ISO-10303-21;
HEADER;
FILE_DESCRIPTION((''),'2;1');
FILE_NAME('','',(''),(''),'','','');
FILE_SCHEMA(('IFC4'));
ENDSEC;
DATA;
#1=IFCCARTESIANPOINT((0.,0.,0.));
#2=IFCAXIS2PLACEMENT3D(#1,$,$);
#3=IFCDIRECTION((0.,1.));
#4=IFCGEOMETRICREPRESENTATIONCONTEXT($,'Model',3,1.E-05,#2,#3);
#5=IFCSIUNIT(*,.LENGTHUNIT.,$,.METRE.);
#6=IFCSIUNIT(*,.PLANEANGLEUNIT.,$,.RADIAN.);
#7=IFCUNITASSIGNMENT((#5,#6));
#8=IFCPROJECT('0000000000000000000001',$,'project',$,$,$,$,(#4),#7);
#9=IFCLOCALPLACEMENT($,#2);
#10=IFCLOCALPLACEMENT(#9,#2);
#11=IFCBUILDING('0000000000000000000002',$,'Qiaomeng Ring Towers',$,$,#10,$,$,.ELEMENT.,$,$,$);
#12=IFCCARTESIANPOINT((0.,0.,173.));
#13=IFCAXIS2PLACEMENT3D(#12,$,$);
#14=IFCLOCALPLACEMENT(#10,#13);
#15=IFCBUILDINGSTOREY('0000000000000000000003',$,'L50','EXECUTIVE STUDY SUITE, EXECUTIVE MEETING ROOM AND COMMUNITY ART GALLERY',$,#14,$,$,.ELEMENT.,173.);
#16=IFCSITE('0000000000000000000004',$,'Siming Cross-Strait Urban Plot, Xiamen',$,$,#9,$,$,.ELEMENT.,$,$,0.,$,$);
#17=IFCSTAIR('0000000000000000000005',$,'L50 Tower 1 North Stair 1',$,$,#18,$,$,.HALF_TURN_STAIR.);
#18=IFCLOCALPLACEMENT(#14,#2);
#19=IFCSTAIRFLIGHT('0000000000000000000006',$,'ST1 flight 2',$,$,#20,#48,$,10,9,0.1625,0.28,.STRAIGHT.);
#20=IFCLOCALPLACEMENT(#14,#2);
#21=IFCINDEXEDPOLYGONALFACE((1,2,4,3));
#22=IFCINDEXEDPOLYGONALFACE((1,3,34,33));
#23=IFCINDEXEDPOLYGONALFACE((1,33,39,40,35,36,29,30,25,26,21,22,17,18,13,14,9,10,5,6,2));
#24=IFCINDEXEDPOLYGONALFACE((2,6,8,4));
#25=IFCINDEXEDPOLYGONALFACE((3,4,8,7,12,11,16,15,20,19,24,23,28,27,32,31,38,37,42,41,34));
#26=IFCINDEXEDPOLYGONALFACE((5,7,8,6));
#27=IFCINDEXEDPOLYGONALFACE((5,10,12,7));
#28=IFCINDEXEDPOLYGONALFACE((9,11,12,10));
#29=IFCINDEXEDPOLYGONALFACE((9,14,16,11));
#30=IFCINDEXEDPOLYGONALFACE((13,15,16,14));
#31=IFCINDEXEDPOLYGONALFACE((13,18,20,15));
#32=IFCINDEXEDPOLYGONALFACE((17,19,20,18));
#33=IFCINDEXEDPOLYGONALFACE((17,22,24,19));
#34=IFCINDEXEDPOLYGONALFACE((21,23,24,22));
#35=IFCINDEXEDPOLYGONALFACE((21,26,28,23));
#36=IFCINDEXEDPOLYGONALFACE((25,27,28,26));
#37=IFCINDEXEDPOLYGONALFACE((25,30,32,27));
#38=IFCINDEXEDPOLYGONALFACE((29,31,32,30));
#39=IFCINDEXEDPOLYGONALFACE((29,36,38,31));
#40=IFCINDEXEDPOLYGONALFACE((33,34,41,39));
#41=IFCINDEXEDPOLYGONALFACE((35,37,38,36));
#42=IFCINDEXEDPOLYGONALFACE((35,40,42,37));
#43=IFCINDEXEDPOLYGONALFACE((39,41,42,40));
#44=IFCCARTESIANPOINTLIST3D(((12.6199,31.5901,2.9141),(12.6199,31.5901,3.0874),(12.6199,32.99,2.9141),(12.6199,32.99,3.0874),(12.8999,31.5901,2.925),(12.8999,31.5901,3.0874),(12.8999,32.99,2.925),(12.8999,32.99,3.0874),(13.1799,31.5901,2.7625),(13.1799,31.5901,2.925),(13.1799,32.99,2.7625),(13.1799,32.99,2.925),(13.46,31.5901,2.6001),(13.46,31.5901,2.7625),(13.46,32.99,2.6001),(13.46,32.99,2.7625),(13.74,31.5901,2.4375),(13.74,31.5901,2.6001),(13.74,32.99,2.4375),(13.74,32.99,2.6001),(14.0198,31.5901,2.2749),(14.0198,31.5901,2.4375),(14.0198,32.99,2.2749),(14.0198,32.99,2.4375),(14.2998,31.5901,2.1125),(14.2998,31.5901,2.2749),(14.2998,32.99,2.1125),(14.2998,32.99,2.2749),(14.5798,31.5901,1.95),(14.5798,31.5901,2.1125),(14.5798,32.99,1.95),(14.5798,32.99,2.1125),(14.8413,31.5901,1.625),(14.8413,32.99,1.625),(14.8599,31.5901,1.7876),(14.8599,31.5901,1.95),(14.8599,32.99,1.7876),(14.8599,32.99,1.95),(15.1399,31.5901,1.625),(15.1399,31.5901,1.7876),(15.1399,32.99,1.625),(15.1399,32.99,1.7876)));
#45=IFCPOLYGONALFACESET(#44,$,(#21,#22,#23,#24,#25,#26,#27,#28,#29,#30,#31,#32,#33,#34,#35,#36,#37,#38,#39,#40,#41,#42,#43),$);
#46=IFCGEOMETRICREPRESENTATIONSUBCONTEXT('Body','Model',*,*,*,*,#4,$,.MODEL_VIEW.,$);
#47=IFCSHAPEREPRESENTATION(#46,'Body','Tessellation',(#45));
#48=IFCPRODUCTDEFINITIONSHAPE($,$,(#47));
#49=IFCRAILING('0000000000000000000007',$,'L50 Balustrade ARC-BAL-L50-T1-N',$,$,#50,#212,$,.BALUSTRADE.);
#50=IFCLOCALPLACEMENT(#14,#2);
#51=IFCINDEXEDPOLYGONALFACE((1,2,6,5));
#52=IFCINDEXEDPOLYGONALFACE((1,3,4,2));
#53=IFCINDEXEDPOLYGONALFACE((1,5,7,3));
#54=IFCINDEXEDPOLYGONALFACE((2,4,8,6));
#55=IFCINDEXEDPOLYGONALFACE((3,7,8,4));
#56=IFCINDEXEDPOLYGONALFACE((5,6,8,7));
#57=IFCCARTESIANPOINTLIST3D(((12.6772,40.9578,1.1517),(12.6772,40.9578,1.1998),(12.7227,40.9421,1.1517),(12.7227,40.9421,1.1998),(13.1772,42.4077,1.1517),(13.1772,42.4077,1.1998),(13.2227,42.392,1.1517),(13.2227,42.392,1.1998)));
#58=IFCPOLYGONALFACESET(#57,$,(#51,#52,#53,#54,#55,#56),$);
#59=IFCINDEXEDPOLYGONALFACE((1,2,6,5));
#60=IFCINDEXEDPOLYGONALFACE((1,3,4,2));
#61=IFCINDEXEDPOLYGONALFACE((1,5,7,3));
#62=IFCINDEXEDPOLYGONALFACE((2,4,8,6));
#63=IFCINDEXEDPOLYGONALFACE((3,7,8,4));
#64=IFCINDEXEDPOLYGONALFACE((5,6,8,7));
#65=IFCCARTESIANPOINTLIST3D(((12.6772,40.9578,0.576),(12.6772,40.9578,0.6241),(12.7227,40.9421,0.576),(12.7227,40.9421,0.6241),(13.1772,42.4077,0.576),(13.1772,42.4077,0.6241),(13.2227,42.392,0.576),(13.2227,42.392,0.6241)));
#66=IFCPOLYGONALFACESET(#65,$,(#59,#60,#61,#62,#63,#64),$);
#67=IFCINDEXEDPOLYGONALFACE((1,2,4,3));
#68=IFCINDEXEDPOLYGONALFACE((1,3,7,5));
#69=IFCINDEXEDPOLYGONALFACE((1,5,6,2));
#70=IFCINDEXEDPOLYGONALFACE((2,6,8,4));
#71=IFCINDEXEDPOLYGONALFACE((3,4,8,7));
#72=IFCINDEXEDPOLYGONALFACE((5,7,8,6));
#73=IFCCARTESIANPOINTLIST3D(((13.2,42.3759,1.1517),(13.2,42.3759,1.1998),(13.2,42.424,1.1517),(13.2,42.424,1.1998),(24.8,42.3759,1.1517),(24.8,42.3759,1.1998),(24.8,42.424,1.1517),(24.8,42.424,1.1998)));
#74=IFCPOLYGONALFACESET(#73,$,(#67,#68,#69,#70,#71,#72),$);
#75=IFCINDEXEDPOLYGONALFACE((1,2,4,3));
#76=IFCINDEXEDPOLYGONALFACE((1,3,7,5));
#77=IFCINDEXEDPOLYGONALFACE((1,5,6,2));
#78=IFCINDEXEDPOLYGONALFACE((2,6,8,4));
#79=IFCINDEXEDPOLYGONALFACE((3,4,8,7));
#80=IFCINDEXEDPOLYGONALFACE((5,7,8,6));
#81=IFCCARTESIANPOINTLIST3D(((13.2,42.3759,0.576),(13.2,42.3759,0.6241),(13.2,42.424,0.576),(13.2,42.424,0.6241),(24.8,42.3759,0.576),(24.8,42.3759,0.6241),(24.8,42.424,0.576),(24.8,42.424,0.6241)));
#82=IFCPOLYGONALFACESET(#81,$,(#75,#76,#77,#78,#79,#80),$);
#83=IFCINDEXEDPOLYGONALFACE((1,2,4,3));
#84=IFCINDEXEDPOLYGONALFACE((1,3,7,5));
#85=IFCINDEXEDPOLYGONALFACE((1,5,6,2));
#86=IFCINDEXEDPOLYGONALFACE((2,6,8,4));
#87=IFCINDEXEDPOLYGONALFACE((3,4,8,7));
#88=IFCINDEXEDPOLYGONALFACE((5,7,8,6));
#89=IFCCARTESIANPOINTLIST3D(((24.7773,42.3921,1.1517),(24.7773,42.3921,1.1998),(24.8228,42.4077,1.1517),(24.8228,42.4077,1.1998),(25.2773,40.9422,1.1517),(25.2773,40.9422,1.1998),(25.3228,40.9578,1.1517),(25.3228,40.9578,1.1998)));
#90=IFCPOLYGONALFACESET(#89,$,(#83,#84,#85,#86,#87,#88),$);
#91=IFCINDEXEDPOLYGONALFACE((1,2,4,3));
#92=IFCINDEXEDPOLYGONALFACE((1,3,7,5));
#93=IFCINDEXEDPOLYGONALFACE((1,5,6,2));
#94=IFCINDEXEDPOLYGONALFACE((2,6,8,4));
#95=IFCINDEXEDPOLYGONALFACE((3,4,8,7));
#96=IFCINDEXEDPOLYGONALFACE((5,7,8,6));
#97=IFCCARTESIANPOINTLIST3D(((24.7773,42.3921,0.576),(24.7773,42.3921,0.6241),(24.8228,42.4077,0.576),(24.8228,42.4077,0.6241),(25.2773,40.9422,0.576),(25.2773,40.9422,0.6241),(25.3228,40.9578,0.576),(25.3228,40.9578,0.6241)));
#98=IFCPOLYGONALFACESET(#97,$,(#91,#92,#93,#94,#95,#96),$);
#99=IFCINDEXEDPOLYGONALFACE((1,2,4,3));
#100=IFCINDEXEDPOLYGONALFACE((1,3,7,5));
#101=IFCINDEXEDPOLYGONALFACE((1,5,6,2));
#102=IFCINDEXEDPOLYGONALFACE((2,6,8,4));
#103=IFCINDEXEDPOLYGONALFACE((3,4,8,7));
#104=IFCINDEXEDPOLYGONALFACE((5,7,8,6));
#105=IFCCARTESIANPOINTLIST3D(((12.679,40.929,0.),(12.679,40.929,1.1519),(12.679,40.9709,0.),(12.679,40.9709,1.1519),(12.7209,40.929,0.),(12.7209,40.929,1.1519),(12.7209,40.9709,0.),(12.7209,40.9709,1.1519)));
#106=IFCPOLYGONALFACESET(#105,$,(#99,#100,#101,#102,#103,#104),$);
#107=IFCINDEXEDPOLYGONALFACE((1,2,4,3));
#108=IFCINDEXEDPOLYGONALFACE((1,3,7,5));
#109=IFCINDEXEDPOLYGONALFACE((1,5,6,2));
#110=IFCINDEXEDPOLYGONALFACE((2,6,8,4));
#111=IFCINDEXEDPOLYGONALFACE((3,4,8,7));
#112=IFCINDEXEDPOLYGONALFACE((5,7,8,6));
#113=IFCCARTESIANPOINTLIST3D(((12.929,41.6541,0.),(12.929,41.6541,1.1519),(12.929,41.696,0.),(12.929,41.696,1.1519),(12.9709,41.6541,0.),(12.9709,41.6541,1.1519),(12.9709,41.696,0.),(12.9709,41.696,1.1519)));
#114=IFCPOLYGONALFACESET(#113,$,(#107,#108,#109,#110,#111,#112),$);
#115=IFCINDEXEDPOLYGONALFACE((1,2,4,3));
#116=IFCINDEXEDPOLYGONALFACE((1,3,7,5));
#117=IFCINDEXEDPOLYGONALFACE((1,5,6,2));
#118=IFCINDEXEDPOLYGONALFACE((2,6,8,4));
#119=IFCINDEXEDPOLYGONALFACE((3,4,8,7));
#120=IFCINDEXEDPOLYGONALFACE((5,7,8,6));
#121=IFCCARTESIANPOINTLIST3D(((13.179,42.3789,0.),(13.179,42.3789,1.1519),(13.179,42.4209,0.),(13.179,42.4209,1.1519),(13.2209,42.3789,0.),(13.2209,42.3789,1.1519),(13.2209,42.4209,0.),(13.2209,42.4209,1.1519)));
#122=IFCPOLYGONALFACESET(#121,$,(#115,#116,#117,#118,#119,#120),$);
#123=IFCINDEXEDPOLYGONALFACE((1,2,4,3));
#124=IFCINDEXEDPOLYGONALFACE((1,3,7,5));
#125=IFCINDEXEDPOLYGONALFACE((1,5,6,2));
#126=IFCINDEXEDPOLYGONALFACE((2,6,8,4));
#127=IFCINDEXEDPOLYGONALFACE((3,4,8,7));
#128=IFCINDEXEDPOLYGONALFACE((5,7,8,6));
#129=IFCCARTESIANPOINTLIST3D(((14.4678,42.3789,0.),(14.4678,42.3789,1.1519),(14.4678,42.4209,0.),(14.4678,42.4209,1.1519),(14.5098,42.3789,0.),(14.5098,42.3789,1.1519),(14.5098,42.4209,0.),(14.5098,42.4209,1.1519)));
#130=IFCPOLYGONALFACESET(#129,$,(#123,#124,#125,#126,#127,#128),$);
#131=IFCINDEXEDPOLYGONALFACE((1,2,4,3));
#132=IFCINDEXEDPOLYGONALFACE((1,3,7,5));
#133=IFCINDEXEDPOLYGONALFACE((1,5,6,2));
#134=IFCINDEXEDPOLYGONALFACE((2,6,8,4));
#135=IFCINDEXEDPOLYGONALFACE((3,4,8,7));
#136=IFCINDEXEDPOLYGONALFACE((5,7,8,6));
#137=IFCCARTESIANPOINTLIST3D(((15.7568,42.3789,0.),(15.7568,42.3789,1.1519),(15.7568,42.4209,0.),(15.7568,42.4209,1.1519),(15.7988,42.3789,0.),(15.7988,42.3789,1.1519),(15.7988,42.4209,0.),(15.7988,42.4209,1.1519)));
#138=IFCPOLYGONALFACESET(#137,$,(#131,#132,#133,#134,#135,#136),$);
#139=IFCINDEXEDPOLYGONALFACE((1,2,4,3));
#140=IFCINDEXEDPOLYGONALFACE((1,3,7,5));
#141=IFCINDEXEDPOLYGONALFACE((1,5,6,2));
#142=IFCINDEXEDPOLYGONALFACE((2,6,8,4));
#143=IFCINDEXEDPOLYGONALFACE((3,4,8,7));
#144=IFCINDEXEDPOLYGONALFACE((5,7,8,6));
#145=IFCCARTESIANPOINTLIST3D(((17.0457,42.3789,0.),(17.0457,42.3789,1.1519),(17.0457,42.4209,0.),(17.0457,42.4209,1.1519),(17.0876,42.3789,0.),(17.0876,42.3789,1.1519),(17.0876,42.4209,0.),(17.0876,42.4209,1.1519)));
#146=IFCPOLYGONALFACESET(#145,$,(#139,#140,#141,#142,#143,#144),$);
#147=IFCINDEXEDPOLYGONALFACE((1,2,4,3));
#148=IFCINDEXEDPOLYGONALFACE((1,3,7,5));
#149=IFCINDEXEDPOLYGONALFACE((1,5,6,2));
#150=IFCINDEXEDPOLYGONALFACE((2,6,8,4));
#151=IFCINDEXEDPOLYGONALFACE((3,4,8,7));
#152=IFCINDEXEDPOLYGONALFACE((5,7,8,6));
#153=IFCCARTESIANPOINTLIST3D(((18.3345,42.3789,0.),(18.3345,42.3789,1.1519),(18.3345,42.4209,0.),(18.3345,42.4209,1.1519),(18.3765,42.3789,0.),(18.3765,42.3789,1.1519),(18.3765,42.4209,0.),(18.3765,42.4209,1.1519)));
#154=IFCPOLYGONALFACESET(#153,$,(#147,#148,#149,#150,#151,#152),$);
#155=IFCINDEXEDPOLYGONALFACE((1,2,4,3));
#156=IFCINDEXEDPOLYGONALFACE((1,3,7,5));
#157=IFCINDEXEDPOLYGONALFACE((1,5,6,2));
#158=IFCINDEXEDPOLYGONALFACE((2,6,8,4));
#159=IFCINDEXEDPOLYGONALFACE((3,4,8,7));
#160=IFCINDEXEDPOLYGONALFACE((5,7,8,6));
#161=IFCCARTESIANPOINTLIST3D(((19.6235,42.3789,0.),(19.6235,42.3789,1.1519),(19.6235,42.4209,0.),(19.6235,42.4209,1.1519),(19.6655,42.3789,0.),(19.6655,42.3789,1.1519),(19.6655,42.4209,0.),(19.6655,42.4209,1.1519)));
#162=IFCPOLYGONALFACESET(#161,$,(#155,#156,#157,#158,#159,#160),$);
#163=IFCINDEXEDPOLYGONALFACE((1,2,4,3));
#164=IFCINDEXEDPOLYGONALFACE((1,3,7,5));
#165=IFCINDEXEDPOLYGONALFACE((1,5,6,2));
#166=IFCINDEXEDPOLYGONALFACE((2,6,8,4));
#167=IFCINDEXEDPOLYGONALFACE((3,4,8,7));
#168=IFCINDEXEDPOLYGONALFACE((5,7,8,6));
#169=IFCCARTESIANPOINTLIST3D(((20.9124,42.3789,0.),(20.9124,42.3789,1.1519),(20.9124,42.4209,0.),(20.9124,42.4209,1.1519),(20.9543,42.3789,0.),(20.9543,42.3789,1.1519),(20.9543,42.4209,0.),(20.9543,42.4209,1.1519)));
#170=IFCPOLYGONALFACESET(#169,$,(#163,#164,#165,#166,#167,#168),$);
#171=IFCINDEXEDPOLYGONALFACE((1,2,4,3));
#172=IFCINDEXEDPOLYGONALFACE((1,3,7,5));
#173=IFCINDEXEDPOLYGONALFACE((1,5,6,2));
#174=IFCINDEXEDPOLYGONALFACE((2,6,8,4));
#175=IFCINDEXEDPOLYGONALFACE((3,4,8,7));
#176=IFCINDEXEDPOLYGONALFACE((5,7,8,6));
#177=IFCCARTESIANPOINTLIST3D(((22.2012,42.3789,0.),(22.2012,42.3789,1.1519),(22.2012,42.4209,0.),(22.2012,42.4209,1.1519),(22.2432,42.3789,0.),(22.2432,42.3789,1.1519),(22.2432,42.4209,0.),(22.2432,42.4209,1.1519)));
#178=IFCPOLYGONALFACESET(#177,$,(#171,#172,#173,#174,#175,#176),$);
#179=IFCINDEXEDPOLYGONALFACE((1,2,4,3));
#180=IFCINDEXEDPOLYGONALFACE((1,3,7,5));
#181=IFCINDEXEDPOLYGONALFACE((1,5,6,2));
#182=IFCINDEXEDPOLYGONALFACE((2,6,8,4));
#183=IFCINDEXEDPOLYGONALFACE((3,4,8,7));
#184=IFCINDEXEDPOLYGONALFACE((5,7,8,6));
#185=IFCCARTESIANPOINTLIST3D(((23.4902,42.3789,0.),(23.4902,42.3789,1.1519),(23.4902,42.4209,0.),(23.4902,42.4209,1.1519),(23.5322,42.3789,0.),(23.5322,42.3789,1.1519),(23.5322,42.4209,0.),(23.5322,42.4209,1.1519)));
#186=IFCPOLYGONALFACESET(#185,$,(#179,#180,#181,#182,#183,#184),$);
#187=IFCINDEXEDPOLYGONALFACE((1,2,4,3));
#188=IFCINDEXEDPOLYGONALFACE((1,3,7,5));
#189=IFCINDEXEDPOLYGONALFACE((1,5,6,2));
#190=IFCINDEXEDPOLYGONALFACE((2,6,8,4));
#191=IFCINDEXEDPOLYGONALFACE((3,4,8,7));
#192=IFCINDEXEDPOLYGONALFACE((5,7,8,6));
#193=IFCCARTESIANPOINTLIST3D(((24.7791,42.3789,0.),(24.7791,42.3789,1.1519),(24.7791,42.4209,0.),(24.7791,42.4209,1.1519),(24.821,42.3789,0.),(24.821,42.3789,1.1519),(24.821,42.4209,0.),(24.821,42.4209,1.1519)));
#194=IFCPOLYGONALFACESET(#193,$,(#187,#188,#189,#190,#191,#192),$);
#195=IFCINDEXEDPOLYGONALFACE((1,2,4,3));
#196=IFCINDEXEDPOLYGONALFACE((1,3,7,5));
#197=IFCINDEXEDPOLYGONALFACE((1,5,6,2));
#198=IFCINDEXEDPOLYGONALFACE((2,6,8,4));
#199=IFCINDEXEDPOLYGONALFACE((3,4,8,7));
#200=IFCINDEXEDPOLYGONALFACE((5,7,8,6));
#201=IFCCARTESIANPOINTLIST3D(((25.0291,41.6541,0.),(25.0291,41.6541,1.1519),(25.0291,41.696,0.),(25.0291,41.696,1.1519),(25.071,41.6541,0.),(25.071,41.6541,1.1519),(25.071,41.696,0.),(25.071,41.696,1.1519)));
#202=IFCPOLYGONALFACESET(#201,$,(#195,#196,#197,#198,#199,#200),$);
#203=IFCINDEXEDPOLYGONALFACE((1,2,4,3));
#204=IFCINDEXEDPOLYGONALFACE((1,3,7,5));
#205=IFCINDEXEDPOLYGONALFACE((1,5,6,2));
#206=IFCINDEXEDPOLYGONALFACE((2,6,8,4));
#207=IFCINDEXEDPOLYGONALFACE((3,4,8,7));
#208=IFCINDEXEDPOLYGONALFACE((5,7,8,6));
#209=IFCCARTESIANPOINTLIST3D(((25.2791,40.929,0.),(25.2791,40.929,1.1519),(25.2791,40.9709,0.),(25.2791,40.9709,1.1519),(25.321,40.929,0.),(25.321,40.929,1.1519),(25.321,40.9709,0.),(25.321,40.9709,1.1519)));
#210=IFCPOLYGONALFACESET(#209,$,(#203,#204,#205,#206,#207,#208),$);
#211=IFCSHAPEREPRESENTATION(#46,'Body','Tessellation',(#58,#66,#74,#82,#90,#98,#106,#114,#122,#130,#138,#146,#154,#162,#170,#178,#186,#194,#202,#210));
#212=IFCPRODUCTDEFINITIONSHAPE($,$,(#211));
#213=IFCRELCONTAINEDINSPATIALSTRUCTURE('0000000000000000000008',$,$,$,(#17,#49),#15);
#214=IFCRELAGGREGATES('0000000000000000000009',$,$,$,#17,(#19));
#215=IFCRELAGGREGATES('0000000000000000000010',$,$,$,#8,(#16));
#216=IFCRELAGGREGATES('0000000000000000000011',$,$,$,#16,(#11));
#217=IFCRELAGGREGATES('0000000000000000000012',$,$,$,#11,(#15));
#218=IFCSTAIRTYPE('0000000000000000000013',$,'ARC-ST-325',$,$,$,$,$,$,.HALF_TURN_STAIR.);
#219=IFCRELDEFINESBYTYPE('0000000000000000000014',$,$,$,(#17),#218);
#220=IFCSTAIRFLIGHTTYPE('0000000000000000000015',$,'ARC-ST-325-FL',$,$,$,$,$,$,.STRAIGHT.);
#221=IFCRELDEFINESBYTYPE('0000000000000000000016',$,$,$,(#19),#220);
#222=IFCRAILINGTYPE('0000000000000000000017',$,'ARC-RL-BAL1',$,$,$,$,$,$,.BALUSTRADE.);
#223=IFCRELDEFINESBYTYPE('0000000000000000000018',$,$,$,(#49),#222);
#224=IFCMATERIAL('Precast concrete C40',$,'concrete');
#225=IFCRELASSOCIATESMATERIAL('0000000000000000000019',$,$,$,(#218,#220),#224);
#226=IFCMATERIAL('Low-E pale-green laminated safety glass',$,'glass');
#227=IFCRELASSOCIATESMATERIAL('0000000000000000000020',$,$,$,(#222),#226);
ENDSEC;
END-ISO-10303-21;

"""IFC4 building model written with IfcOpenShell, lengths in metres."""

from ifc_helpers import new_model, si_unit, direction, frame, origin, origin_2d, place, context, subcontext, project, spatial, polyline, rectangle, outline, extrude, source, transform, mapped, material, type_object, element, aggregate, save


model = new_model("IFC4")

# Units and contexts
model_context = context("Model", 3, precision=1e-05, world=origin(), true_north=direction((0.0, 1.0)))
body_context = subcontext(model_context, "Body", "Model", "MODEL_VIEW")
ifc_project = project(units=[si_unit("LENGTHUNIT", "METRE"), si_unit("PLANEANGLEUNIT", "RADIAN")], contexts=[model_context])

# Site, building, storey
site_placement = place(None, origin())
site = spatial("IfcSite", under=ifc_project, at=site_placement, Name="Siming Cross-Strait Urban Plot, Xiamen", CompositionType="ELEMENT", RefElevation=0.0)
building_placement = place(site_placement, origin())
building = spatial("IfcBuilding", under=site, at=building_placement, Name="Qiaomeng Ring Towers", CompositionType="ELEMENT")
storey_placement = place(building_placement, frame((0.0, 0.0, 173.0)))
storey = spatial("IfcBuildingStorey", under=building, at=storey_placement, Name="L50", Description="EXECUTIVE STUDY SUITE, EXECUTIVE MEETING ROOM AND COMMUNITY ART GALLERY", CompositionType="ELEMENT", Elevation=173.0)

# Stair, stair flight
ifc_material_1 = material(Name="Precast concrete C40", Category="concrete")
stair_type = type_object("IfcStairType", Name="ARC-ST-325", PredefinedType="HALF_TURN_STAIR", material=ifc_material_1)
stair_placement = place(storey_placement, origin())
stair = element("IfcStair", 1, at=stair_placement, inside=storey, type_object=stair_type, Name="L50 Tower 1 North Stair 1", PredefinedType="HALF_TURN_STAIR")
stair_flight_type = type_object("IfcStairFlightType", Name="ARC-ST-325-FL", PredefinedType="STRAIGHT", material=ifc_material_1)
shared_shape_1 = source(origin(), body_context, "Body", "SweptSolid", [
    extrude(outline(polyline([(0.0, 0.0), (0.0, 0.1626), (0.28, 0.1626), (0.28, 0.325), (0.5601, 0.325), (0.5601, 0.4875), (0.8401, 0.4875), (0.8401, 0.6499), (1.1201, 0.6499), (1.1201, 0.8125), (1.3999, 0.8125), (1.3999, 0.9751), (1.6799, 0.9751), (1.6799, 1.1375), (1.96, 1.1375), (1.96, 1.3), (2.24, 1.3), (2.24, 1.4624), (2.52, 1.4624), (2.52, 1.625), (2.52, 1.2891), (0.2986, 0.0), (0.0, 0.0)])), frame((0.0, 0.7, 0.0), z_axis=(0.0, -1.0, 0.0), x_axis=(1.0, 0.0, 0.0)), (0.0, 0.0, 1.0), 1.3999),
])
stair_flight_placement = place(storey_placement, frame((15.1399, 32.29, 1.625), z_axis=(0.0, 0.0, 1.0), x_axis=(-1.0, 0.0, 0.0)))
stair_flight = element("IfcStairFlight", 2, at=stair_flight_placement, type_object=stair_flight_type, Name="ST1 flight 2", NumberOfRisers=10, NumberOfTreads=9, PredefinedType="STRAIGHT", RiserHeight=0.1625, TreadLength=0.28, context=body_context, shape_type="MappedRepresentation", body=[
    mapped(shared_shape_1, transform((0.0, 0.0, 0.0), x_axis=(1.0, 0.0, 0.0), y_axis=(0.0, 1.0, 0.0), z_axis=(0.0, 0.0, 1.0), scale=1.0)),
])
aggregate(stair, [stair_flight])

# Railing
ifc_material_2 = material(Name="Low-E pale-green laminated safety glass", Category="glass")
railing_type_1 = type_object("IfcRailingType", Name="ARC-RL-BAL1", PredefinedType="BALUSTRADE", material=ifc_material_2)
railing_1_placement = place(storey_placement, frame((12.7, 40.95, 0.0)))
element("IfcRailing", 3, at=railing_1_placement, inside=storey, type_object=railing_type_1, Name="L50 Balustrade ARC-BAL-L50-T1-N", PredefinedType="BALUSTRADE", context=body_context, shape_type="SweptSolid", body=[
    extrude(rectangle(XDim=0.0481, YDim=0.0481, at=origin_2d()), frame((0.0, 0.0, 1.1758), z_axis=(0.326, 0.94537, 0.0), x_axis=(-0.94537, 0.326, 0.0)), (0.0, 0.0, 1.0), 1.5337),
    extrude(rectangle(XDim=0.0481, YDim=0.0481, at=origin_2d()), frame((0.0, 0.0, 0.6001), z_axis=(0.326, 0.94537, 0.0), x_axis=(-0.94537, 0.326, 0.0)), (0.0, 0.0, 1.0), 1.5337),
    extrude(rectangle(XDim=0.0481, YDim=0.0481, at=origin_2d()), frame((0.5, 1.45, 1.1758), z_axis=(1.0, 0.0, 0.0), x_axis=(0.0, 1.0, 0.0)), (0.0, 0.0, 1.0), 11.6001),
    extrude(rectangle(XDim=0.0481, YDim=0.0481, at=origin_2d()), frame((0.5, 1.45, 0.6001), z_axis=(1.0, 0.0, 0.0), x_axis=(0.0, 1.0, 0.0)), (0.0, 0.0, 1.0), 11.6001),
    extrude(rectangle(XDim=0.0481, YDim=0.0481, at=origin_2d()), frame((12.1001, 1.45, 1.1758), z_axis=(0.326, -0.94537, 0.0), x_axis=(0.94537, 0.326, 0.0)), (0.0, 0.0, 1.0), 1.5337),
    extrude(rectangle(XDim=0.0481, YDim=0.0481, at=origin_2d()), frame((12.1001, 1.45, 0.6001), z_axis=(0.326, -0.94537, 0.0), x_axis=(0.94537, 0.326, 0.0)), (0.0, 0.0, 1.0), 1.5337),
    extrude(rectangle(XDim=0.042, YDim=0.042, at=origin_2d()), origin(), (0.0, 0.0, 1.0), 1.1519),
    extrude(rectangle(XDim=0.042, YDim=0.042, at=origin_2d()), frame((0.25, 0.7251, 0.0)), (0.0, 0.0, 1.0), 1.1519),
    extrude(rectangle(XDim=0.042, YDim=0.042, at=origin_2d()), frame((0.5, 1.45, 0.0)), (0.0, 0.0, 1.0), 1.1519),
    extrude(rectangle(XDim=0.042, YDim=0.042, at=origin_2d()), frame((1.7888, 1.45, 0.0)), (0.0, 0.0, 1.0), 1.1519),
    extrude(rectangle(XDim=0.042, YDim=0.042, at=origin_2d()), frame((3.0779, 1.45, 0.0)), (0.0, 0.0, 1.0), 1.1519),
    extrude(rectangle(XDim=0.042, YDim=0.042, at=origin_2d()), frame((4.3667, 1.45, 0.0)), (0.0, 0.0, 1.0), 1.1519),
    extrude(rectangle(XDim=0.042, YDim=0.042, at=origin_2d()), frame((5.6555, 1.45, 0.0)), (0.0, 0.0, 1.0), 1.1519),
    extrude(rectangle(XDim=0.042, YDim=0.042, at=origin_2d()), frame((6.9446, 1.45, 0.0)), (0.0, 0.0, 1.0), 1.1519),
    extrude(rectangle(XDim=0.042, YDim=0.042, at=origin_2d()), frame((8.2334, 1.45, 0.0)), (0.0, 0.0, 1.0), 1.1519),
    extrude(rectangle(XDim=0.042, YDim=0.042, at=origin_2d()), frame((9.5222, 1.45, 0.0)), (0.0, 0.0, 1.0), 1.1519),
    extrude(rectangle(XDim=0.042, YDim=0.042, at=origin_2d()), frame((10.8113, 1.45, 0.0)), (0.0, 0.0, 1.0), 1.1519),
    extrude(rectangle(XDim=0.042, YDim=0.042, at=origin_2d()), frame((12.1001, 1.45, 0.0)), (0.0, 0.0, 1.0), 1.1519),
    extrude(rectangle(XDim=0.042, YDim=0.042, at=origin_2d()), frame((12.3501, 0.7251, 0.0)), (0.0, 0.0, 1.0), 1.1519),
    extrude(rectangle(XDim=0.042, YDim=0.042, at=origin_2d()), frame((12.6001, 0.0, 0.0)), (0.0, 0.0, 1.0), 1.1519),
])

save(model, "model.ifc")
